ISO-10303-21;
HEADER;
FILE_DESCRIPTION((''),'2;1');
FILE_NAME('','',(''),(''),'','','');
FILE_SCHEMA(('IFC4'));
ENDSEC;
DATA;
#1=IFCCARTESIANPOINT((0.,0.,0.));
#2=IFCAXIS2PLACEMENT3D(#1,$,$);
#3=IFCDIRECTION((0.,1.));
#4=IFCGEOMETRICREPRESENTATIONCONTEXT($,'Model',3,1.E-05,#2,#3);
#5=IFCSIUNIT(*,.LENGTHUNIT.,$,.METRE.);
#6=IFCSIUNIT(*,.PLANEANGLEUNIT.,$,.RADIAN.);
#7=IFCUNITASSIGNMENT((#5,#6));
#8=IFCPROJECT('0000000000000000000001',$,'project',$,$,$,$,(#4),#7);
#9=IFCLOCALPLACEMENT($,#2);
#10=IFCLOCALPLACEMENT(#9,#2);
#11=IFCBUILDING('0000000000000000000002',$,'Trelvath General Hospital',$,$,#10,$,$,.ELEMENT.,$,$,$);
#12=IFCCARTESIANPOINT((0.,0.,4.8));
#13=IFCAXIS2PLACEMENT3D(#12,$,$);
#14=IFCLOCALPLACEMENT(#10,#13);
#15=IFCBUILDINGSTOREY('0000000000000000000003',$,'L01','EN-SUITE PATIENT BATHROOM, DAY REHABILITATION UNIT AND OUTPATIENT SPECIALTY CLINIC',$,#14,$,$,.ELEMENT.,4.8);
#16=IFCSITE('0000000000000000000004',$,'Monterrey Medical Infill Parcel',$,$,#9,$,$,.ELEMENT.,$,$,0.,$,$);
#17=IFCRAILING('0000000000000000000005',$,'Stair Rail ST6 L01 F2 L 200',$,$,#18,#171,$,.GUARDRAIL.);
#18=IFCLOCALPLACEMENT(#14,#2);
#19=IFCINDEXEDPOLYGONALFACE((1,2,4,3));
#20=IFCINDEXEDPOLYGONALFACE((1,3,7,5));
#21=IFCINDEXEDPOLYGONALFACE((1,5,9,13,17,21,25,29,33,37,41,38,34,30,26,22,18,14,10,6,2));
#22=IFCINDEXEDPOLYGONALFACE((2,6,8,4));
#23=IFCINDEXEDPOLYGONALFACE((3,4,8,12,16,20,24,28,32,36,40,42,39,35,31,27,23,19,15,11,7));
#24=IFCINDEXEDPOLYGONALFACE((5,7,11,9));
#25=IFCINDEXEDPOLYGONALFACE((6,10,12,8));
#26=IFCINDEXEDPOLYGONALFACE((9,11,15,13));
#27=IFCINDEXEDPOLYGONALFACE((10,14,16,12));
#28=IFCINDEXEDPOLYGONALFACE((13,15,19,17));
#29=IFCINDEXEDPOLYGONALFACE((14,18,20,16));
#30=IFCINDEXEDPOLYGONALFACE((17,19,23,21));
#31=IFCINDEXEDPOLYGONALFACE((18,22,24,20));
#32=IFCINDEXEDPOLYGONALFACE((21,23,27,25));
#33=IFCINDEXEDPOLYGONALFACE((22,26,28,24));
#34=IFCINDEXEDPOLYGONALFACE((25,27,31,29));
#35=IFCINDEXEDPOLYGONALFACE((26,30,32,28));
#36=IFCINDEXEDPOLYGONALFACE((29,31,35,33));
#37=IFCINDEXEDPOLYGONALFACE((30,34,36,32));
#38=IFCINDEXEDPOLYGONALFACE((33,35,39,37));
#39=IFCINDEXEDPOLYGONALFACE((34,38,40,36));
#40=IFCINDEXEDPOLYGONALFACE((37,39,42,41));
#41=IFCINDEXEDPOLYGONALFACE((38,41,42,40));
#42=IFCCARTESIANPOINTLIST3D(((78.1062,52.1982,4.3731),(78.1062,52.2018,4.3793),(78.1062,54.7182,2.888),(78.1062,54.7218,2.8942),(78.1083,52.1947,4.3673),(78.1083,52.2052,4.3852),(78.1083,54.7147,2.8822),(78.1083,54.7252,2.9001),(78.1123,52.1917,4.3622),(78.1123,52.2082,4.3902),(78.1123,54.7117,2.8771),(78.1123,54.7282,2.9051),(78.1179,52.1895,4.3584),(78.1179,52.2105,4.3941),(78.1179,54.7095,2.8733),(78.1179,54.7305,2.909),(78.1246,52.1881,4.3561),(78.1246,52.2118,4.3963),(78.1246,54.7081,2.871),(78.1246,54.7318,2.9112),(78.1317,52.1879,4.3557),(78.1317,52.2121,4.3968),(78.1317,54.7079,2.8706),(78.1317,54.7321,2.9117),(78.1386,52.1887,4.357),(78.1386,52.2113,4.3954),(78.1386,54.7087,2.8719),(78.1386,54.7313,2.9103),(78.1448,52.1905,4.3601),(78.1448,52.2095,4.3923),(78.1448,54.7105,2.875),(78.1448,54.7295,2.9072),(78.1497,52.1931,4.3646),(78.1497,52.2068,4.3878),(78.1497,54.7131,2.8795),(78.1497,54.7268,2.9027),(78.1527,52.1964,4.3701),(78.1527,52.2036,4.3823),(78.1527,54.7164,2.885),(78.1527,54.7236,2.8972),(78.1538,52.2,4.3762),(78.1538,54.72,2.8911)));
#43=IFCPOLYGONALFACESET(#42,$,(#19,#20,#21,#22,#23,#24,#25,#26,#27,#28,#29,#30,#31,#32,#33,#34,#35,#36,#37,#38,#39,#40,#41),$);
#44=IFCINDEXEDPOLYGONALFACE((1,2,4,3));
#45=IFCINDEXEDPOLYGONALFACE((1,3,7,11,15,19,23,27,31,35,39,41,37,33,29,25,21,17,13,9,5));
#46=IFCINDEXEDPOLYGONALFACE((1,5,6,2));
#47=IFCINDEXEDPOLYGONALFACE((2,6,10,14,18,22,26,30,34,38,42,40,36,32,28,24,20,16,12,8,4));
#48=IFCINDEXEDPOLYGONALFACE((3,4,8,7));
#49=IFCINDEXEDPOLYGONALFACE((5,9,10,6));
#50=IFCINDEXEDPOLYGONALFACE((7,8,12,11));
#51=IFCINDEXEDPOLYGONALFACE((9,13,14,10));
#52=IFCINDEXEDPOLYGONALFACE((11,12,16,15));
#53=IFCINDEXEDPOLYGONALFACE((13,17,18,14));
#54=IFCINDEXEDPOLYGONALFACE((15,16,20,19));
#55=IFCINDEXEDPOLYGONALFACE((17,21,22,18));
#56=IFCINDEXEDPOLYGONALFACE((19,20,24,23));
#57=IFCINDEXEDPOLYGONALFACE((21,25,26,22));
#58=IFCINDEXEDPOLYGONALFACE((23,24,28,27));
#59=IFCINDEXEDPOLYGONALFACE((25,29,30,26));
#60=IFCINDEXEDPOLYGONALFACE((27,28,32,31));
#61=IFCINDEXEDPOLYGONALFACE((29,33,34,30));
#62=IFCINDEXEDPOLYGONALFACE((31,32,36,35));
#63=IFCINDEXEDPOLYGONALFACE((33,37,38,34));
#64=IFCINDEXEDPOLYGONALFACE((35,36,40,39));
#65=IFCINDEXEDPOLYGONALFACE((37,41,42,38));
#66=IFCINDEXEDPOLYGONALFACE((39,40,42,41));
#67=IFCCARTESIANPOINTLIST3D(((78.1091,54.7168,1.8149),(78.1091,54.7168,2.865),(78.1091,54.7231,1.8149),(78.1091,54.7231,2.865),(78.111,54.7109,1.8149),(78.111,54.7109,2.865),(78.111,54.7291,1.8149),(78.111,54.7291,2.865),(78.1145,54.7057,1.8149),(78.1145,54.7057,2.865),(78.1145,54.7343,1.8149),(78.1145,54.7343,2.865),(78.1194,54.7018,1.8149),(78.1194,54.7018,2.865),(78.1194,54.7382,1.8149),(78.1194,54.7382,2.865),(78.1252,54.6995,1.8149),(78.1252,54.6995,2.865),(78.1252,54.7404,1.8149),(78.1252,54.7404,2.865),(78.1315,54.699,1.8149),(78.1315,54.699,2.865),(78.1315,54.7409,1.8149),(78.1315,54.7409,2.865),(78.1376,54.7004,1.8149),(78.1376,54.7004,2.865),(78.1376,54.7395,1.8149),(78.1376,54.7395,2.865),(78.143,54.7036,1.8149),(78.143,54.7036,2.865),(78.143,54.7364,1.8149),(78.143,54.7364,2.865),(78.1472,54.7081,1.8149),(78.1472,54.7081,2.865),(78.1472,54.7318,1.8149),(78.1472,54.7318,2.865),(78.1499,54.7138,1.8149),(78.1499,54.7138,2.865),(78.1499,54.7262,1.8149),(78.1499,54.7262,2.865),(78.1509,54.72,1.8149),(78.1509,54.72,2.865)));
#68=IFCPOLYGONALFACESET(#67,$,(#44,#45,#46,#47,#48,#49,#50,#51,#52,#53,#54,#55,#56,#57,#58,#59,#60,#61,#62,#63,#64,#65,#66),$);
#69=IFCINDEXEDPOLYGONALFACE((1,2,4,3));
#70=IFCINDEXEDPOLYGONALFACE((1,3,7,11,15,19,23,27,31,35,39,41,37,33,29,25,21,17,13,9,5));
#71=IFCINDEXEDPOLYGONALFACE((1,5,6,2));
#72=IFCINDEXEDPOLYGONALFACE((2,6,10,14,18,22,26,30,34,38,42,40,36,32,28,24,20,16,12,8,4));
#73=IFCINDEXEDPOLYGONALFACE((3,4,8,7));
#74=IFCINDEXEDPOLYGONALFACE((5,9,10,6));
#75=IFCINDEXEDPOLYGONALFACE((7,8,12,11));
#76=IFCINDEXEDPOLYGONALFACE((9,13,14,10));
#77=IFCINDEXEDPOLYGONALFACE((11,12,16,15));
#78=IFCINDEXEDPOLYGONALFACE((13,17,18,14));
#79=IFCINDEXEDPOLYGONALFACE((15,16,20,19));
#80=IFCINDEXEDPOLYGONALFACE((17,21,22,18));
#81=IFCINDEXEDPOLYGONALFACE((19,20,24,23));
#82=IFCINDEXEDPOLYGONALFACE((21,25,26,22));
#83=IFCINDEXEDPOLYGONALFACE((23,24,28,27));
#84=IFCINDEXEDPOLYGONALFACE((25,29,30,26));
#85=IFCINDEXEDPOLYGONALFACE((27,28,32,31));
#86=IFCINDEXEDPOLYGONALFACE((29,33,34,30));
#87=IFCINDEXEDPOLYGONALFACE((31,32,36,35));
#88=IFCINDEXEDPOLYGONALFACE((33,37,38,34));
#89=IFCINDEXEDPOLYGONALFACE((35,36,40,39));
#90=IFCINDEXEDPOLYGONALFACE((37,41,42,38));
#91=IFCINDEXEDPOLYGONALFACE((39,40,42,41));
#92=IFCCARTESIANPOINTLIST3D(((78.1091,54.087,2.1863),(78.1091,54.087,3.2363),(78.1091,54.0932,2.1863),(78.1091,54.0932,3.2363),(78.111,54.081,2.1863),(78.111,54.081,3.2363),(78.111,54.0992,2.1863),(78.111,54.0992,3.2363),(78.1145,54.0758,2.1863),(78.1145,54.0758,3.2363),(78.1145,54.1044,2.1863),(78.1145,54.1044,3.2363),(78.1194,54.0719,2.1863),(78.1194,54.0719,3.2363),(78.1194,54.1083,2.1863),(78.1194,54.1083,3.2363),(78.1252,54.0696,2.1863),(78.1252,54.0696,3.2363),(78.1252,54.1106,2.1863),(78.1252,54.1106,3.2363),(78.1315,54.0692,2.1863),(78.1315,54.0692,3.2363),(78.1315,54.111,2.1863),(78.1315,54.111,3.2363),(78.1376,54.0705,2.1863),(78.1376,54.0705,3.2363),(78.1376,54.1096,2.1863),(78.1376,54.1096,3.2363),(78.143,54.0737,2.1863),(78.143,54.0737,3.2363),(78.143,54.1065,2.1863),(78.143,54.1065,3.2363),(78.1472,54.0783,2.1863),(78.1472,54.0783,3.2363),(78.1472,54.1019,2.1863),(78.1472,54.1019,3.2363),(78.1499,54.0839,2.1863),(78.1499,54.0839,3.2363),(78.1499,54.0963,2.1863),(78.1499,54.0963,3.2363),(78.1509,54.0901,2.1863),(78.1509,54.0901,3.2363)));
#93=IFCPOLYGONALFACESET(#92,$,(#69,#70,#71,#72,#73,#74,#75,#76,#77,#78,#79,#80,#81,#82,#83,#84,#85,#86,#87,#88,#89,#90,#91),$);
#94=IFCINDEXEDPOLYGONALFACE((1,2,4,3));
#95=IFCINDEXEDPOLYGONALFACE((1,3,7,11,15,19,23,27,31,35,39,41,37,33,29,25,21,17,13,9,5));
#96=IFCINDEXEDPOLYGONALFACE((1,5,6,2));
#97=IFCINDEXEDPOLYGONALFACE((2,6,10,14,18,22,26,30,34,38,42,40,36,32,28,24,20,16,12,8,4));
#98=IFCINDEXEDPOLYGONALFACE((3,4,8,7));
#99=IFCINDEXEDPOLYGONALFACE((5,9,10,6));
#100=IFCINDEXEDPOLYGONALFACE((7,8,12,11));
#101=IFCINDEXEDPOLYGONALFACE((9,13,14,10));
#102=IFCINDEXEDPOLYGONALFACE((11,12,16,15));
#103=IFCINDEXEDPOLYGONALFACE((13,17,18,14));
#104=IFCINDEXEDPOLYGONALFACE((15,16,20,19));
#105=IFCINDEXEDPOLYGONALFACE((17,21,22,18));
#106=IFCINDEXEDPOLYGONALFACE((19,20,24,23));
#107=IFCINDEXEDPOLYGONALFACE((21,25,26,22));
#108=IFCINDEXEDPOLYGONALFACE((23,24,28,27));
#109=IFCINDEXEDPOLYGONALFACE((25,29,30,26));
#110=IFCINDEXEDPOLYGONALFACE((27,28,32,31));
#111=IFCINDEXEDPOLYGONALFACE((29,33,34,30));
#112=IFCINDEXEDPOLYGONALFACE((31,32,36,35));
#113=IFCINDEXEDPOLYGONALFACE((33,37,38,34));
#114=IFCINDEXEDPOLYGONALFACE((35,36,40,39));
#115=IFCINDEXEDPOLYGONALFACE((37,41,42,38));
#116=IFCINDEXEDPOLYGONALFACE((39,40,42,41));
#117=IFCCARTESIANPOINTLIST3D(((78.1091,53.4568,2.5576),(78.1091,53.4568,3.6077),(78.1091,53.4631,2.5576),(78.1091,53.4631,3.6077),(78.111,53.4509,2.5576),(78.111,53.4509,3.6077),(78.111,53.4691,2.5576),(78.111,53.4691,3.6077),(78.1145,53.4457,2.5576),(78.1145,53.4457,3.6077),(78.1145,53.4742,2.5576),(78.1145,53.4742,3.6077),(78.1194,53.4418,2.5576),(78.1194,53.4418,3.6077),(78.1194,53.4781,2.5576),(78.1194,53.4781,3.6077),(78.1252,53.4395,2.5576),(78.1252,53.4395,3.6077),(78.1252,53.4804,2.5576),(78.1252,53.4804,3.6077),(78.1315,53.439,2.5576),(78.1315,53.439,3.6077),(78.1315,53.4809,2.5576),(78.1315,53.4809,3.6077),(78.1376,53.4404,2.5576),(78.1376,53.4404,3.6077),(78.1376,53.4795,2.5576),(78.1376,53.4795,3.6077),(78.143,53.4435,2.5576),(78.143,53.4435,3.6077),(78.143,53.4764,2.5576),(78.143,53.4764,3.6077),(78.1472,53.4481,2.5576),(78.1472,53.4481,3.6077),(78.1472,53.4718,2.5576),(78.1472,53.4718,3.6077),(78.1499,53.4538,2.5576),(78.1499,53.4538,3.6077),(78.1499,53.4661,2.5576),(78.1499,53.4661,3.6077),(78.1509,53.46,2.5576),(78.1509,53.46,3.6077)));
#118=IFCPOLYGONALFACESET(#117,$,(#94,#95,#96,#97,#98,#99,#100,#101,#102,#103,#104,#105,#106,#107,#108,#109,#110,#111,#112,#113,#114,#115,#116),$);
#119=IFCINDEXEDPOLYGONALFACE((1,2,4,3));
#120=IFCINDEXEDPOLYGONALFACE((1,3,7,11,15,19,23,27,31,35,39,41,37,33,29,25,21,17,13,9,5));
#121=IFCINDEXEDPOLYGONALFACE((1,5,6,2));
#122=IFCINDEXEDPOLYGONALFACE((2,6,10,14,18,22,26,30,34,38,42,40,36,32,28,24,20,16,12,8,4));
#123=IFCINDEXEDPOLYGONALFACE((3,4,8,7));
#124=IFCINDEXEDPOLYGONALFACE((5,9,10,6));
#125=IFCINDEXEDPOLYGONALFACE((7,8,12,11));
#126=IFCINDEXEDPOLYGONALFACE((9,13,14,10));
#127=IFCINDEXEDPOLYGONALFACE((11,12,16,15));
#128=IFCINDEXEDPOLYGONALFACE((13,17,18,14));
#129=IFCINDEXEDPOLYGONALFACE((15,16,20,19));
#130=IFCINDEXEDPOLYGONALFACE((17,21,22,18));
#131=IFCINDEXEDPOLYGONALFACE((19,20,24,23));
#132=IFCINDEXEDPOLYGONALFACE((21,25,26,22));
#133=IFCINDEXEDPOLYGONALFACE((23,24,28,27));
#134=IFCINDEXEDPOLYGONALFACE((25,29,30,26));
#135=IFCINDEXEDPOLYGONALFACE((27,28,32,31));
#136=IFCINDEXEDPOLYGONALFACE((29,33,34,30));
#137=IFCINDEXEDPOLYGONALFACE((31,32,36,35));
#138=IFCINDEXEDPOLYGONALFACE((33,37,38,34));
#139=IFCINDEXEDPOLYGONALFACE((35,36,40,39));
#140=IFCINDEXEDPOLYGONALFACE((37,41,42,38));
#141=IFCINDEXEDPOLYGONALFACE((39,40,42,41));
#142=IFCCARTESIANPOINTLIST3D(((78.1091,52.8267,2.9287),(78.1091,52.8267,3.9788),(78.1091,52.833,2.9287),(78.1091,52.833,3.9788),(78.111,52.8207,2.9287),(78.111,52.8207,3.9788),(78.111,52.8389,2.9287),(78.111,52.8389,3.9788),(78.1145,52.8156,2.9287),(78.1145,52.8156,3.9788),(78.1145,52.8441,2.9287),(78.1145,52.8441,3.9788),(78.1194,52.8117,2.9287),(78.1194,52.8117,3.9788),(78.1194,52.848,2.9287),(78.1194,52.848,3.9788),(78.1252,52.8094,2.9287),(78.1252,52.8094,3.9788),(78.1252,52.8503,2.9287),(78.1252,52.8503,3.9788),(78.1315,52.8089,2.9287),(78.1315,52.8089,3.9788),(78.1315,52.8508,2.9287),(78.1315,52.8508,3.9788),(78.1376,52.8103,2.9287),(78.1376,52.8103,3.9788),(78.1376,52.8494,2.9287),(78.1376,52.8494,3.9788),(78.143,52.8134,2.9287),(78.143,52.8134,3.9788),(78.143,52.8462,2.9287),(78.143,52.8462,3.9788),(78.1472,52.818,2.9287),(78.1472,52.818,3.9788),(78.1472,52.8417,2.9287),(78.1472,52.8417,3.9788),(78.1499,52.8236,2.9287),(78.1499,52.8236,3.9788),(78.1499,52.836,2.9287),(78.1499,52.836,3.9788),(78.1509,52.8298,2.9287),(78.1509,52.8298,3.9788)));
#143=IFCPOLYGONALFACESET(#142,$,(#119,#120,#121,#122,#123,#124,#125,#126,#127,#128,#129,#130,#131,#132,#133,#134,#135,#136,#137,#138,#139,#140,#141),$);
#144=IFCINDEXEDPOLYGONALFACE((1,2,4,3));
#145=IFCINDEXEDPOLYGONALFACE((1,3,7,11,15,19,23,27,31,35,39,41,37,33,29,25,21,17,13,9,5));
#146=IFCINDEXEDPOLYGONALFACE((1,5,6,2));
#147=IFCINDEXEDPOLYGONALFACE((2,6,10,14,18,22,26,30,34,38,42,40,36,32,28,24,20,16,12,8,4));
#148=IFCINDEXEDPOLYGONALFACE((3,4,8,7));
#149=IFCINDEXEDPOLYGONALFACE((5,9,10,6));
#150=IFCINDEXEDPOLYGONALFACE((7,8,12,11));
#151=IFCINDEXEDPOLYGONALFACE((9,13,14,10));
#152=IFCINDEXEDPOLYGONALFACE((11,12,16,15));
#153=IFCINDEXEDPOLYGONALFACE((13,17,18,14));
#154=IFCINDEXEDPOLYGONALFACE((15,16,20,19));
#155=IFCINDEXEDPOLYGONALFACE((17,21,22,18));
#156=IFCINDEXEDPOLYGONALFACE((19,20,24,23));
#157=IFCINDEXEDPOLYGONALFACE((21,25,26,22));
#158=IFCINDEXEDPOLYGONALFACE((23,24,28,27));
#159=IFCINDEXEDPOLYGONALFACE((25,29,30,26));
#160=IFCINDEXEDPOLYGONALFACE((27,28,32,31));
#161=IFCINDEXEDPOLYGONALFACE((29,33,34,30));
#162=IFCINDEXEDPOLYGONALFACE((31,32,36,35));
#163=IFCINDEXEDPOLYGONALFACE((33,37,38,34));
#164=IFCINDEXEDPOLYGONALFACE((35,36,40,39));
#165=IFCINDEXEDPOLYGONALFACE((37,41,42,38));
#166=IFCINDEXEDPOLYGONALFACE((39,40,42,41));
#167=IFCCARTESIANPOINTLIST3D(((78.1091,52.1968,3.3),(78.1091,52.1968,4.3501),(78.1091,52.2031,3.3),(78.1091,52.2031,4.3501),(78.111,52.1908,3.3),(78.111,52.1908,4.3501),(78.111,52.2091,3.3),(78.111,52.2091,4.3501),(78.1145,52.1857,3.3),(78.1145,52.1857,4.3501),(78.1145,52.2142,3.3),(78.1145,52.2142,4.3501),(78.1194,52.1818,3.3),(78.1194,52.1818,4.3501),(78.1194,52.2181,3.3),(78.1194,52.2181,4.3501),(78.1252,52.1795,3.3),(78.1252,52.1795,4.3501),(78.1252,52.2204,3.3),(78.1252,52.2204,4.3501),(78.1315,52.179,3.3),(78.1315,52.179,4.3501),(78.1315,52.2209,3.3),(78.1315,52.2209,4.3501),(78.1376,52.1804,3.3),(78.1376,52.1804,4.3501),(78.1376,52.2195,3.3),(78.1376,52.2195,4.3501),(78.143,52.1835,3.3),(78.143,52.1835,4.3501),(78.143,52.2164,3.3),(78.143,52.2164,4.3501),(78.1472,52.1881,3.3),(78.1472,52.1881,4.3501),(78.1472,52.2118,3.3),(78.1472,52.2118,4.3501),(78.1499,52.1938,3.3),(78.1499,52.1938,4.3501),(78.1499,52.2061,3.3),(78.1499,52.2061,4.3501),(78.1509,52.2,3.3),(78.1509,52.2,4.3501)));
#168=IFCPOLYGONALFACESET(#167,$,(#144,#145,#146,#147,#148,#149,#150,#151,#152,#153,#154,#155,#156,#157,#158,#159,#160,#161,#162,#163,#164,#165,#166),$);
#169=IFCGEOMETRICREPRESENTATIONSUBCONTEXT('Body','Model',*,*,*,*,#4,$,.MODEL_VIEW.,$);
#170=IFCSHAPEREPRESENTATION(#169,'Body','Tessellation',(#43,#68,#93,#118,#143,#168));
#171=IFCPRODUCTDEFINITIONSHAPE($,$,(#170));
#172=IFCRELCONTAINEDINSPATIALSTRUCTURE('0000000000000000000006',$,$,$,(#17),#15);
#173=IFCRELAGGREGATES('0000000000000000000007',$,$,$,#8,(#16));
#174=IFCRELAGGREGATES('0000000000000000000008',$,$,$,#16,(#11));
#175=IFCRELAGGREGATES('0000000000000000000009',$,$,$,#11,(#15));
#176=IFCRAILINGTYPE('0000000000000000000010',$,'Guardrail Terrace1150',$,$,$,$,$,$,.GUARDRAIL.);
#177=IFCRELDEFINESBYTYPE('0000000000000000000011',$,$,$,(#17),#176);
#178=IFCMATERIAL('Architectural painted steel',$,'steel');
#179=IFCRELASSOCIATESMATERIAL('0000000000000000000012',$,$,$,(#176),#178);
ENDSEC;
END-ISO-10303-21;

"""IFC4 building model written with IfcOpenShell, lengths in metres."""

from ifc_helpers import new_model, si_unit, direction, frame, origin, origin_2d, place, context, subcontext, project, spatial, circle, extrude, material, type_object, element, save


model = new_model("IFC4")

# Units and contexts
model_context = context("Model", 3, precision=1e-05, world=origin(), true_north=direction((0.0, 1.0)))
body_context = subcontext(model_context, "Body", "Model", "MODEL_VIEW")
ifc_project = project(units=[si_unit("LENGTHUNIT", "METRE"), si_unit("PLANEANGLEUNIT", "RADIAN")], contexts=[model_context])

# Site, building, storey
site_placement = place(None, origin())
site = spatial("IfcSite", under=ifc_project, at=site_placement, Name="Monterrey Medical Infill Parcel", CompositionType="ELEMENT", RefElevation=0.0)
building_placement = place(site_placement, origin())
building = spatial("IfcBuilding", under=site, at=building_placement, Name="Trelvath General Hospital", CompositionType="ELEMENT")
storey_placement = place(building_placement, frame((0.0, 0.0, 4.8)))
storey = spatial("IfcBuildingStorey", under=building, at=storey_placement, Name="L01", Description="EN-SUITE PATIENT BATHROOM, DAY REHABILITATION UNIT AND OUTPATIENT SPECIALTY CLINIC", CompositionType="ELEMENT", Elevation=4.8)

# Railing
ifc_material_1 = material(Name="Architectural painted steel", Category="steel")
railing_type_1 = type_object("IfcRailingType", Name="Guardrail Terrace1150", PredefinedType="GUARDRAIL", material=ifc_material_1)
railing_1_placement = place(storey_placement, frame((78.1299, 54.72, 1.8149)))
element("IfcRailing", 1, at=railing_1_placement, inside=storey, type_object=railing_type_1, Name="Stair Rail ST6 L01 F2 L 200", PredefinedType="GUARDRAIL", context=body_context, shape_type="SweptSolid", body=[
    extrude(circle(Radius=0.0239, at=origin_2d()), frame((0.0, 0.0, 1.0762), z_axis=(0.0, -0.861524, 0.507717), x_axis=(1.0, 0.0, 0.0)), (0.0, 0.0, 1.0), 2.925),
    extrude(circle(Radius=0.021, at=origin_2d()), origin(), (0.0, 0.0, 1.0), 1.05),
    extrude(circle(Radius=0.021, at=origin_2d()), frame((0.0, -0.6299, 0.3713)), (0.0, 0.0, 1.0), 1.05),
    extrude(circle(Radius=0.021, at=origin_2d()), frame((0.0, -1.26, 0.7427)), (0.0, 0.0, 1.0), 1.05),
    extrude(circle(Radius=0.021, at=origin_2d()), frame((0.0, -1.8901, 1.1138)), (0.0, 0.0, 1.0), 1.05),
    extrude(circle(Radius=0.021, at=origin_2d()), frame((0.0, -2.52, 1.4851)), (0.0, 0.0, 1.0), 1.05),
])

save(model, "model.ifc")
